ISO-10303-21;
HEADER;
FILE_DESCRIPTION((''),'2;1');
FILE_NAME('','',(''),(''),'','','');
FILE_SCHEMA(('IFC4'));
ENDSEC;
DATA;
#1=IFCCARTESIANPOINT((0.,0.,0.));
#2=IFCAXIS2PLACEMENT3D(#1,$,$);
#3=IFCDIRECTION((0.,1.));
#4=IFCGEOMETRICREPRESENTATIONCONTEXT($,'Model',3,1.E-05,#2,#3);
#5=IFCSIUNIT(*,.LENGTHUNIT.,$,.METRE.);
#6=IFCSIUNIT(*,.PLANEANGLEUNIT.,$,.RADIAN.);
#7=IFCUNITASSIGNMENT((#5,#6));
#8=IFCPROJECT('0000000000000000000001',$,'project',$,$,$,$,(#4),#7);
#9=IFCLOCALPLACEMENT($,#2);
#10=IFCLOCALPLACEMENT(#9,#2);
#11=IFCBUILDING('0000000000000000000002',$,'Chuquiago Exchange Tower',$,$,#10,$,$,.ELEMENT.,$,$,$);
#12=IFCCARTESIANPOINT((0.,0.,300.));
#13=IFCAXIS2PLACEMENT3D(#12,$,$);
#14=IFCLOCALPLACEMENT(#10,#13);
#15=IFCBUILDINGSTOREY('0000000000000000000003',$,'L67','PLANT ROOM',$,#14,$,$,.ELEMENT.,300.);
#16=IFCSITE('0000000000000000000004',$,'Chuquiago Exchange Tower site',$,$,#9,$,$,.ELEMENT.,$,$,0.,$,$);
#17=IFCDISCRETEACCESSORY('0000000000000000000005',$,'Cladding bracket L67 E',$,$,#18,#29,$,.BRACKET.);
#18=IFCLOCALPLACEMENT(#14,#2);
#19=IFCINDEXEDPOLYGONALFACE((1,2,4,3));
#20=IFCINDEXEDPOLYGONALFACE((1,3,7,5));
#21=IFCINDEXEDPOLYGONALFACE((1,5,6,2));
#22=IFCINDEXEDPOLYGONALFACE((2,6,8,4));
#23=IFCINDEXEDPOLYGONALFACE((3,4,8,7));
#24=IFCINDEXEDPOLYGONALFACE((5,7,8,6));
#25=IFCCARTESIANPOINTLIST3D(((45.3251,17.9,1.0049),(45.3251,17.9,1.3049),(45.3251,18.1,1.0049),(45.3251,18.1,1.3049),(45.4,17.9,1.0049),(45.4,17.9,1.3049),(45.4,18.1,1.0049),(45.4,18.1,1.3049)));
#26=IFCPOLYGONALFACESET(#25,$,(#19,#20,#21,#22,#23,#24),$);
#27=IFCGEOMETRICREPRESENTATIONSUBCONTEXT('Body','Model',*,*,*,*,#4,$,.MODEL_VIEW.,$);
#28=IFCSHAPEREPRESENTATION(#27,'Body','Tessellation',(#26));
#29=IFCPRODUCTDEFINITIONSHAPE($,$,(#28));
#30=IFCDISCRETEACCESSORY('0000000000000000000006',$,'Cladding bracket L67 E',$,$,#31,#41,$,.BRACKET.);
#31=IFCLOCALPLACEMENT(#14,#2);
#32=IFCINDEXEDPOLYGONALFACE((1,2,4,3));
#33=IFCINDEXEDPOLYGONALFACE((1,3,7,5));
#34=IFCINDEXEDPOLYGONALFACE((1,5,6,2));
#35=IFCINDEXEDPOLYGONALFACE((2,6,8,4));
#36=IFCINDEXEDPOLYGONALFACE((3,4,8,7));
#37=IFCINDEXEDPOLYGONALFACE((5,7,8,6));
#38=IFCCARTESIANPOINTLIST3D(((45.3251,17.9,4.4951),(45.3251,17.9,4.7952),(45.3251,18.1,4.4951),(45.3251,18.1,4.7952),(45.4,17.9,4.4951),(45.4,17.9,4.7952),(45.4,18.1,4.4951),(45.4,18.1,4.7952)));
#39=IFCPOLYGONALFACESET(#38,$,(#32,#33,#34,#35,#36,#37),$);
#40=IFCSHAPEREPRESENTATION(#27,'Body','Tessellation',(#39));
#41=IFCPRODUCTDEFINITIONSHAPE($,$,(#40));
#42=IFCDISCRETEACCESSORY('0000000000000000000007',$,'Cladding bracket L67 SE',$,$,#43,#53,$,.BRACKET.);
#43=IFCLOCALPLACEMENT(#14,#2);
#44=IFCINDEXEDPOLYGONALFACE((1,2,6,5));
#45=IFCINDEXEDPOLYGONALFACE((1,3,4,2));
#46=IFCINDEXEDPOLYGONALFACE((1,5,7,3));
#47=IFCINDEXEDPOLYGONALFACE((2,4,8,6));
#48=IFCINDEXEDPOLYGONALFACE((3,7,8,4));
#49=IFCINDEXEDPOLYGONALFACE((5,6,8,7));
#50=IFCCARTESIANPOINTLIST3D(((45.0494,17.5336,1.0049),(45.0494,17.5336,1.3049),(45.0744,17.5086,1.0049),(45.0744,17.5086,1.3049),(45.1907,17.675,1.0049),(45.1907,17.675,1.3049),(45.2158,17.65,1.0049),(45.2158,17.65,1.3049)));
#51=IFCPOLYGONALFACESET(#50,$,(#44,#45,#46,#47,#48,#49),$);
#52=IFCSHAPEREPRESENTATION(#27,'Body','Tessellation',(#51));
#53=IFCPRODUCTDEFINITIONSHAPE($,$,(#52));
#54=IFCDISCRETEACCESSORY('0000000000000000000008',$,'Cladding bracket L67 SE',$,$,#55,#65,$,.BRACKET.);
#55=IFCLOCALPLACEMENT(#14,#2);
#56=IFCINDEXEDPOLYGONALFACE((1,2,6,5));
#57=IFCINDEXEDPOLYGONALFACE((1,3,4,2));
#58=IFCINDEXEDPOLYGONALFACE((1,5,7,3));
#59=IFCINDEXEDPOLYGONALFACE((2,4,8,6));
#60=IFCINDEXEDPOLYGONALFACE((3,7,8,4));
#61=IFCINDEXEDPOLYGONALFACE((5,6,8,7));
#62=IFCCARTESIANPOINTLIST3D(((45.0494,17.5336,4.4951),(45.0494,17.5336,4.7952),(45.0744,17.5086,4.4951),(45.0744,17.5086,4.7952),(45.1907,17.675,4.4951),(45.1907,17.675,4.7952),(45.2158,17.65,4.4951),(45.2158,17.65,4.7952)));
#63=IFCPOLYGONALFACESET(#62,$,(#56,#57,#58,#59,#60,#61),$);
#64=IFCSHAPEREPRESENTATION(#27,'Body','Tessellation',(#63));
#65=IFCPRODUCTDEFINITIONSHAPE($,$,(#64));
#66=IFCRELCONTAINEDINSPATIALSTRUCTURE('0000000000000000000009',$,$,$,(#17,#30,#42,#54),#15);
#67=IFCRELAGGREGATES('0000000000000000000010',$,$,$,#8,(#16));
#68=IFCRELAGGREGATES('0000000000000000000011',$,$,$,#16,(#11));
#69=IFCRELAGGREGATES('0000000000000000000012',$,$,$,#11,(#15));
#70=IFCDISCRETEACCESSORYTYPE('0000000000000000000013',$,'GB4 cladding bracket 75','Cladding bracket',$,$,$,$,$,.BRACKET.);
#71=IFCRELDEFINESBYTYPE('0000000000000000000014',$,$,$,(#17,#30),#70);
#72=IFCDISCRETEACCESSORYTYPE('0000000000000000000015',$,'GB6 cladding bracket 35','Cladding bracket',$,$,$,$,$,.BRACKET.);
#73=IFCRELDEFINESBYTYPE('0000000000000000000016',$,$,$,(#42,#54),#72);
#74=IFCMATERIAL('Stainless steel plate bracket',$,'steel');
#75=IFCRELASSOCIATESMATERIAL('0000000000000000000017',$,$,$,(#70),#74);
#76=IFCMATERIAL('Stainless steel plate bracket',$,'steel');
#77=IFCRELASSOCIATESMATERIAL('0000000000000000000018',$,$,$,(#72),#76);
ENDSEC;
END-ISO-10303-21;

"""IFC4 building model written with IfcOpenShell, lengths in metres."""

from ifc_helpers import new_model, si_unit, direction, frame, origin, origin_2d, place, context, subcontext, project, spatial, rectangle, extrude, material, type_object, element, save


model = new_model("IFC4")

# Units and contexts
model_context = context("Model", 3, precision=1e-05, world=origin(), true_north=direction((0.0, 1.0)))
body_context = subcontext(model_context, "Body", "Model", "MODEL_VIEW")
ifc_project = project(units=[si_unit("LENGTHUNIT", "METRE"), si_unit("PLANEANGLEUNIT", "RADIAN")], contexts=[model_context])

# Site, building, storey
site_placement = place(None, origin())
site = spatial("IfcSite", under=ifc_project, at=site_placement, Name="Chuquiago Exchange Tower site", CompositionType="ELEMENT", RefElevation=0.0)
building_placement = place(site_placement, origin())
building = spatial("IfcBuilding", under=site, at=building_placement, Name="Chuquiago Exchange Tower", CompositionType="ELEMENT")
storey_placement = place(building_placement, frame((0.0, 0.0, 300.0)))
storey = spatial("IfcBuildingStorey", under=building, at=storey_placement, Name="L67", Description="PLANT ROOM", CompositionType="ELEMENT", Elevation=300.0)

# Discrete accessories
ifc_material_1 = material(Name="Stainless steel plate bracket", Category="steel")
discrete_accessory_type_1 = type_object("IfcDiscreteAccessoryType", Name="GB4 cladding bracket 75", Description="Cladding bracket", PredefinedType="BRACKET", material=ifc_material_1)
for number, where, z_axis, x_axis, name in (
    (1, (45.3625, 18.0, 1.0049), (0.0, 0.0, 1.0), (0.0, 1.0, 0.0), "Cladding bracket L67 E"),
    (2, (45.3625, 18.0, 4.4951), (0.0, 0.0, 1.0), (0.0, 1.0, 0.0), "Cladding bracket L67 E"),
):
    element("IfcDiscreteAccessory", number, at=place(storey_placement, frame(where, z_axis=z_axis, x_axis=x_axis)), inside=storey, type_object=discrete_accessory_type_1, Name=name, PredefinedType="BRACKET", context=body_context, shape_type="SweptSolid", body=[
        extrude(rectangle(XDim=0.2, YDim=0.075, at=origin_2d()), origin(), (0.0, 0.0, 1.0), 0.3),
    ])
ifc_material_2 = material(Name="Stainless steel plate bracket", Category="steel")
discrete_accessory_type_2 = type_object("IfcDiscreteAccessoryType", Name="GB6 cladding bracket 35", Description="Cladding bracket", PredefinedType="BRACKET", material=ifc_material_2)
for number, where, z_axis, x_axis, name in (
    (3, (45.1326, 17.5918, 1.0049), (0.0, 0.0, 1.0), (0.707107, 0.707107, 0.0), "Cladding bracket L67 SE"),
    (4, (45.1326, 17.5918, 4.4951), (0.0, 0.0, 1.0), (0.707107, 0.707107, 0.0), "Cladding bracket L67 SE"),
):
    element("IfcDiscreteAccessory", number, at=place(storey_placement, frame(where, z_axis=z_axis, x_axis=x_axis)), inside=storey, type_object=discrete_accessory_type_2, Name=name, PredefinedType="BRACKET", context=body_context, shape_type="SweptSolid", body=[
        extrude(rectangle(XDim=0.2, YDim=0.0354, at=origin_2d()), origin(), (0.0, 0.0, 1.0), 0.3),
    ])

save(model, "model.ifc")
